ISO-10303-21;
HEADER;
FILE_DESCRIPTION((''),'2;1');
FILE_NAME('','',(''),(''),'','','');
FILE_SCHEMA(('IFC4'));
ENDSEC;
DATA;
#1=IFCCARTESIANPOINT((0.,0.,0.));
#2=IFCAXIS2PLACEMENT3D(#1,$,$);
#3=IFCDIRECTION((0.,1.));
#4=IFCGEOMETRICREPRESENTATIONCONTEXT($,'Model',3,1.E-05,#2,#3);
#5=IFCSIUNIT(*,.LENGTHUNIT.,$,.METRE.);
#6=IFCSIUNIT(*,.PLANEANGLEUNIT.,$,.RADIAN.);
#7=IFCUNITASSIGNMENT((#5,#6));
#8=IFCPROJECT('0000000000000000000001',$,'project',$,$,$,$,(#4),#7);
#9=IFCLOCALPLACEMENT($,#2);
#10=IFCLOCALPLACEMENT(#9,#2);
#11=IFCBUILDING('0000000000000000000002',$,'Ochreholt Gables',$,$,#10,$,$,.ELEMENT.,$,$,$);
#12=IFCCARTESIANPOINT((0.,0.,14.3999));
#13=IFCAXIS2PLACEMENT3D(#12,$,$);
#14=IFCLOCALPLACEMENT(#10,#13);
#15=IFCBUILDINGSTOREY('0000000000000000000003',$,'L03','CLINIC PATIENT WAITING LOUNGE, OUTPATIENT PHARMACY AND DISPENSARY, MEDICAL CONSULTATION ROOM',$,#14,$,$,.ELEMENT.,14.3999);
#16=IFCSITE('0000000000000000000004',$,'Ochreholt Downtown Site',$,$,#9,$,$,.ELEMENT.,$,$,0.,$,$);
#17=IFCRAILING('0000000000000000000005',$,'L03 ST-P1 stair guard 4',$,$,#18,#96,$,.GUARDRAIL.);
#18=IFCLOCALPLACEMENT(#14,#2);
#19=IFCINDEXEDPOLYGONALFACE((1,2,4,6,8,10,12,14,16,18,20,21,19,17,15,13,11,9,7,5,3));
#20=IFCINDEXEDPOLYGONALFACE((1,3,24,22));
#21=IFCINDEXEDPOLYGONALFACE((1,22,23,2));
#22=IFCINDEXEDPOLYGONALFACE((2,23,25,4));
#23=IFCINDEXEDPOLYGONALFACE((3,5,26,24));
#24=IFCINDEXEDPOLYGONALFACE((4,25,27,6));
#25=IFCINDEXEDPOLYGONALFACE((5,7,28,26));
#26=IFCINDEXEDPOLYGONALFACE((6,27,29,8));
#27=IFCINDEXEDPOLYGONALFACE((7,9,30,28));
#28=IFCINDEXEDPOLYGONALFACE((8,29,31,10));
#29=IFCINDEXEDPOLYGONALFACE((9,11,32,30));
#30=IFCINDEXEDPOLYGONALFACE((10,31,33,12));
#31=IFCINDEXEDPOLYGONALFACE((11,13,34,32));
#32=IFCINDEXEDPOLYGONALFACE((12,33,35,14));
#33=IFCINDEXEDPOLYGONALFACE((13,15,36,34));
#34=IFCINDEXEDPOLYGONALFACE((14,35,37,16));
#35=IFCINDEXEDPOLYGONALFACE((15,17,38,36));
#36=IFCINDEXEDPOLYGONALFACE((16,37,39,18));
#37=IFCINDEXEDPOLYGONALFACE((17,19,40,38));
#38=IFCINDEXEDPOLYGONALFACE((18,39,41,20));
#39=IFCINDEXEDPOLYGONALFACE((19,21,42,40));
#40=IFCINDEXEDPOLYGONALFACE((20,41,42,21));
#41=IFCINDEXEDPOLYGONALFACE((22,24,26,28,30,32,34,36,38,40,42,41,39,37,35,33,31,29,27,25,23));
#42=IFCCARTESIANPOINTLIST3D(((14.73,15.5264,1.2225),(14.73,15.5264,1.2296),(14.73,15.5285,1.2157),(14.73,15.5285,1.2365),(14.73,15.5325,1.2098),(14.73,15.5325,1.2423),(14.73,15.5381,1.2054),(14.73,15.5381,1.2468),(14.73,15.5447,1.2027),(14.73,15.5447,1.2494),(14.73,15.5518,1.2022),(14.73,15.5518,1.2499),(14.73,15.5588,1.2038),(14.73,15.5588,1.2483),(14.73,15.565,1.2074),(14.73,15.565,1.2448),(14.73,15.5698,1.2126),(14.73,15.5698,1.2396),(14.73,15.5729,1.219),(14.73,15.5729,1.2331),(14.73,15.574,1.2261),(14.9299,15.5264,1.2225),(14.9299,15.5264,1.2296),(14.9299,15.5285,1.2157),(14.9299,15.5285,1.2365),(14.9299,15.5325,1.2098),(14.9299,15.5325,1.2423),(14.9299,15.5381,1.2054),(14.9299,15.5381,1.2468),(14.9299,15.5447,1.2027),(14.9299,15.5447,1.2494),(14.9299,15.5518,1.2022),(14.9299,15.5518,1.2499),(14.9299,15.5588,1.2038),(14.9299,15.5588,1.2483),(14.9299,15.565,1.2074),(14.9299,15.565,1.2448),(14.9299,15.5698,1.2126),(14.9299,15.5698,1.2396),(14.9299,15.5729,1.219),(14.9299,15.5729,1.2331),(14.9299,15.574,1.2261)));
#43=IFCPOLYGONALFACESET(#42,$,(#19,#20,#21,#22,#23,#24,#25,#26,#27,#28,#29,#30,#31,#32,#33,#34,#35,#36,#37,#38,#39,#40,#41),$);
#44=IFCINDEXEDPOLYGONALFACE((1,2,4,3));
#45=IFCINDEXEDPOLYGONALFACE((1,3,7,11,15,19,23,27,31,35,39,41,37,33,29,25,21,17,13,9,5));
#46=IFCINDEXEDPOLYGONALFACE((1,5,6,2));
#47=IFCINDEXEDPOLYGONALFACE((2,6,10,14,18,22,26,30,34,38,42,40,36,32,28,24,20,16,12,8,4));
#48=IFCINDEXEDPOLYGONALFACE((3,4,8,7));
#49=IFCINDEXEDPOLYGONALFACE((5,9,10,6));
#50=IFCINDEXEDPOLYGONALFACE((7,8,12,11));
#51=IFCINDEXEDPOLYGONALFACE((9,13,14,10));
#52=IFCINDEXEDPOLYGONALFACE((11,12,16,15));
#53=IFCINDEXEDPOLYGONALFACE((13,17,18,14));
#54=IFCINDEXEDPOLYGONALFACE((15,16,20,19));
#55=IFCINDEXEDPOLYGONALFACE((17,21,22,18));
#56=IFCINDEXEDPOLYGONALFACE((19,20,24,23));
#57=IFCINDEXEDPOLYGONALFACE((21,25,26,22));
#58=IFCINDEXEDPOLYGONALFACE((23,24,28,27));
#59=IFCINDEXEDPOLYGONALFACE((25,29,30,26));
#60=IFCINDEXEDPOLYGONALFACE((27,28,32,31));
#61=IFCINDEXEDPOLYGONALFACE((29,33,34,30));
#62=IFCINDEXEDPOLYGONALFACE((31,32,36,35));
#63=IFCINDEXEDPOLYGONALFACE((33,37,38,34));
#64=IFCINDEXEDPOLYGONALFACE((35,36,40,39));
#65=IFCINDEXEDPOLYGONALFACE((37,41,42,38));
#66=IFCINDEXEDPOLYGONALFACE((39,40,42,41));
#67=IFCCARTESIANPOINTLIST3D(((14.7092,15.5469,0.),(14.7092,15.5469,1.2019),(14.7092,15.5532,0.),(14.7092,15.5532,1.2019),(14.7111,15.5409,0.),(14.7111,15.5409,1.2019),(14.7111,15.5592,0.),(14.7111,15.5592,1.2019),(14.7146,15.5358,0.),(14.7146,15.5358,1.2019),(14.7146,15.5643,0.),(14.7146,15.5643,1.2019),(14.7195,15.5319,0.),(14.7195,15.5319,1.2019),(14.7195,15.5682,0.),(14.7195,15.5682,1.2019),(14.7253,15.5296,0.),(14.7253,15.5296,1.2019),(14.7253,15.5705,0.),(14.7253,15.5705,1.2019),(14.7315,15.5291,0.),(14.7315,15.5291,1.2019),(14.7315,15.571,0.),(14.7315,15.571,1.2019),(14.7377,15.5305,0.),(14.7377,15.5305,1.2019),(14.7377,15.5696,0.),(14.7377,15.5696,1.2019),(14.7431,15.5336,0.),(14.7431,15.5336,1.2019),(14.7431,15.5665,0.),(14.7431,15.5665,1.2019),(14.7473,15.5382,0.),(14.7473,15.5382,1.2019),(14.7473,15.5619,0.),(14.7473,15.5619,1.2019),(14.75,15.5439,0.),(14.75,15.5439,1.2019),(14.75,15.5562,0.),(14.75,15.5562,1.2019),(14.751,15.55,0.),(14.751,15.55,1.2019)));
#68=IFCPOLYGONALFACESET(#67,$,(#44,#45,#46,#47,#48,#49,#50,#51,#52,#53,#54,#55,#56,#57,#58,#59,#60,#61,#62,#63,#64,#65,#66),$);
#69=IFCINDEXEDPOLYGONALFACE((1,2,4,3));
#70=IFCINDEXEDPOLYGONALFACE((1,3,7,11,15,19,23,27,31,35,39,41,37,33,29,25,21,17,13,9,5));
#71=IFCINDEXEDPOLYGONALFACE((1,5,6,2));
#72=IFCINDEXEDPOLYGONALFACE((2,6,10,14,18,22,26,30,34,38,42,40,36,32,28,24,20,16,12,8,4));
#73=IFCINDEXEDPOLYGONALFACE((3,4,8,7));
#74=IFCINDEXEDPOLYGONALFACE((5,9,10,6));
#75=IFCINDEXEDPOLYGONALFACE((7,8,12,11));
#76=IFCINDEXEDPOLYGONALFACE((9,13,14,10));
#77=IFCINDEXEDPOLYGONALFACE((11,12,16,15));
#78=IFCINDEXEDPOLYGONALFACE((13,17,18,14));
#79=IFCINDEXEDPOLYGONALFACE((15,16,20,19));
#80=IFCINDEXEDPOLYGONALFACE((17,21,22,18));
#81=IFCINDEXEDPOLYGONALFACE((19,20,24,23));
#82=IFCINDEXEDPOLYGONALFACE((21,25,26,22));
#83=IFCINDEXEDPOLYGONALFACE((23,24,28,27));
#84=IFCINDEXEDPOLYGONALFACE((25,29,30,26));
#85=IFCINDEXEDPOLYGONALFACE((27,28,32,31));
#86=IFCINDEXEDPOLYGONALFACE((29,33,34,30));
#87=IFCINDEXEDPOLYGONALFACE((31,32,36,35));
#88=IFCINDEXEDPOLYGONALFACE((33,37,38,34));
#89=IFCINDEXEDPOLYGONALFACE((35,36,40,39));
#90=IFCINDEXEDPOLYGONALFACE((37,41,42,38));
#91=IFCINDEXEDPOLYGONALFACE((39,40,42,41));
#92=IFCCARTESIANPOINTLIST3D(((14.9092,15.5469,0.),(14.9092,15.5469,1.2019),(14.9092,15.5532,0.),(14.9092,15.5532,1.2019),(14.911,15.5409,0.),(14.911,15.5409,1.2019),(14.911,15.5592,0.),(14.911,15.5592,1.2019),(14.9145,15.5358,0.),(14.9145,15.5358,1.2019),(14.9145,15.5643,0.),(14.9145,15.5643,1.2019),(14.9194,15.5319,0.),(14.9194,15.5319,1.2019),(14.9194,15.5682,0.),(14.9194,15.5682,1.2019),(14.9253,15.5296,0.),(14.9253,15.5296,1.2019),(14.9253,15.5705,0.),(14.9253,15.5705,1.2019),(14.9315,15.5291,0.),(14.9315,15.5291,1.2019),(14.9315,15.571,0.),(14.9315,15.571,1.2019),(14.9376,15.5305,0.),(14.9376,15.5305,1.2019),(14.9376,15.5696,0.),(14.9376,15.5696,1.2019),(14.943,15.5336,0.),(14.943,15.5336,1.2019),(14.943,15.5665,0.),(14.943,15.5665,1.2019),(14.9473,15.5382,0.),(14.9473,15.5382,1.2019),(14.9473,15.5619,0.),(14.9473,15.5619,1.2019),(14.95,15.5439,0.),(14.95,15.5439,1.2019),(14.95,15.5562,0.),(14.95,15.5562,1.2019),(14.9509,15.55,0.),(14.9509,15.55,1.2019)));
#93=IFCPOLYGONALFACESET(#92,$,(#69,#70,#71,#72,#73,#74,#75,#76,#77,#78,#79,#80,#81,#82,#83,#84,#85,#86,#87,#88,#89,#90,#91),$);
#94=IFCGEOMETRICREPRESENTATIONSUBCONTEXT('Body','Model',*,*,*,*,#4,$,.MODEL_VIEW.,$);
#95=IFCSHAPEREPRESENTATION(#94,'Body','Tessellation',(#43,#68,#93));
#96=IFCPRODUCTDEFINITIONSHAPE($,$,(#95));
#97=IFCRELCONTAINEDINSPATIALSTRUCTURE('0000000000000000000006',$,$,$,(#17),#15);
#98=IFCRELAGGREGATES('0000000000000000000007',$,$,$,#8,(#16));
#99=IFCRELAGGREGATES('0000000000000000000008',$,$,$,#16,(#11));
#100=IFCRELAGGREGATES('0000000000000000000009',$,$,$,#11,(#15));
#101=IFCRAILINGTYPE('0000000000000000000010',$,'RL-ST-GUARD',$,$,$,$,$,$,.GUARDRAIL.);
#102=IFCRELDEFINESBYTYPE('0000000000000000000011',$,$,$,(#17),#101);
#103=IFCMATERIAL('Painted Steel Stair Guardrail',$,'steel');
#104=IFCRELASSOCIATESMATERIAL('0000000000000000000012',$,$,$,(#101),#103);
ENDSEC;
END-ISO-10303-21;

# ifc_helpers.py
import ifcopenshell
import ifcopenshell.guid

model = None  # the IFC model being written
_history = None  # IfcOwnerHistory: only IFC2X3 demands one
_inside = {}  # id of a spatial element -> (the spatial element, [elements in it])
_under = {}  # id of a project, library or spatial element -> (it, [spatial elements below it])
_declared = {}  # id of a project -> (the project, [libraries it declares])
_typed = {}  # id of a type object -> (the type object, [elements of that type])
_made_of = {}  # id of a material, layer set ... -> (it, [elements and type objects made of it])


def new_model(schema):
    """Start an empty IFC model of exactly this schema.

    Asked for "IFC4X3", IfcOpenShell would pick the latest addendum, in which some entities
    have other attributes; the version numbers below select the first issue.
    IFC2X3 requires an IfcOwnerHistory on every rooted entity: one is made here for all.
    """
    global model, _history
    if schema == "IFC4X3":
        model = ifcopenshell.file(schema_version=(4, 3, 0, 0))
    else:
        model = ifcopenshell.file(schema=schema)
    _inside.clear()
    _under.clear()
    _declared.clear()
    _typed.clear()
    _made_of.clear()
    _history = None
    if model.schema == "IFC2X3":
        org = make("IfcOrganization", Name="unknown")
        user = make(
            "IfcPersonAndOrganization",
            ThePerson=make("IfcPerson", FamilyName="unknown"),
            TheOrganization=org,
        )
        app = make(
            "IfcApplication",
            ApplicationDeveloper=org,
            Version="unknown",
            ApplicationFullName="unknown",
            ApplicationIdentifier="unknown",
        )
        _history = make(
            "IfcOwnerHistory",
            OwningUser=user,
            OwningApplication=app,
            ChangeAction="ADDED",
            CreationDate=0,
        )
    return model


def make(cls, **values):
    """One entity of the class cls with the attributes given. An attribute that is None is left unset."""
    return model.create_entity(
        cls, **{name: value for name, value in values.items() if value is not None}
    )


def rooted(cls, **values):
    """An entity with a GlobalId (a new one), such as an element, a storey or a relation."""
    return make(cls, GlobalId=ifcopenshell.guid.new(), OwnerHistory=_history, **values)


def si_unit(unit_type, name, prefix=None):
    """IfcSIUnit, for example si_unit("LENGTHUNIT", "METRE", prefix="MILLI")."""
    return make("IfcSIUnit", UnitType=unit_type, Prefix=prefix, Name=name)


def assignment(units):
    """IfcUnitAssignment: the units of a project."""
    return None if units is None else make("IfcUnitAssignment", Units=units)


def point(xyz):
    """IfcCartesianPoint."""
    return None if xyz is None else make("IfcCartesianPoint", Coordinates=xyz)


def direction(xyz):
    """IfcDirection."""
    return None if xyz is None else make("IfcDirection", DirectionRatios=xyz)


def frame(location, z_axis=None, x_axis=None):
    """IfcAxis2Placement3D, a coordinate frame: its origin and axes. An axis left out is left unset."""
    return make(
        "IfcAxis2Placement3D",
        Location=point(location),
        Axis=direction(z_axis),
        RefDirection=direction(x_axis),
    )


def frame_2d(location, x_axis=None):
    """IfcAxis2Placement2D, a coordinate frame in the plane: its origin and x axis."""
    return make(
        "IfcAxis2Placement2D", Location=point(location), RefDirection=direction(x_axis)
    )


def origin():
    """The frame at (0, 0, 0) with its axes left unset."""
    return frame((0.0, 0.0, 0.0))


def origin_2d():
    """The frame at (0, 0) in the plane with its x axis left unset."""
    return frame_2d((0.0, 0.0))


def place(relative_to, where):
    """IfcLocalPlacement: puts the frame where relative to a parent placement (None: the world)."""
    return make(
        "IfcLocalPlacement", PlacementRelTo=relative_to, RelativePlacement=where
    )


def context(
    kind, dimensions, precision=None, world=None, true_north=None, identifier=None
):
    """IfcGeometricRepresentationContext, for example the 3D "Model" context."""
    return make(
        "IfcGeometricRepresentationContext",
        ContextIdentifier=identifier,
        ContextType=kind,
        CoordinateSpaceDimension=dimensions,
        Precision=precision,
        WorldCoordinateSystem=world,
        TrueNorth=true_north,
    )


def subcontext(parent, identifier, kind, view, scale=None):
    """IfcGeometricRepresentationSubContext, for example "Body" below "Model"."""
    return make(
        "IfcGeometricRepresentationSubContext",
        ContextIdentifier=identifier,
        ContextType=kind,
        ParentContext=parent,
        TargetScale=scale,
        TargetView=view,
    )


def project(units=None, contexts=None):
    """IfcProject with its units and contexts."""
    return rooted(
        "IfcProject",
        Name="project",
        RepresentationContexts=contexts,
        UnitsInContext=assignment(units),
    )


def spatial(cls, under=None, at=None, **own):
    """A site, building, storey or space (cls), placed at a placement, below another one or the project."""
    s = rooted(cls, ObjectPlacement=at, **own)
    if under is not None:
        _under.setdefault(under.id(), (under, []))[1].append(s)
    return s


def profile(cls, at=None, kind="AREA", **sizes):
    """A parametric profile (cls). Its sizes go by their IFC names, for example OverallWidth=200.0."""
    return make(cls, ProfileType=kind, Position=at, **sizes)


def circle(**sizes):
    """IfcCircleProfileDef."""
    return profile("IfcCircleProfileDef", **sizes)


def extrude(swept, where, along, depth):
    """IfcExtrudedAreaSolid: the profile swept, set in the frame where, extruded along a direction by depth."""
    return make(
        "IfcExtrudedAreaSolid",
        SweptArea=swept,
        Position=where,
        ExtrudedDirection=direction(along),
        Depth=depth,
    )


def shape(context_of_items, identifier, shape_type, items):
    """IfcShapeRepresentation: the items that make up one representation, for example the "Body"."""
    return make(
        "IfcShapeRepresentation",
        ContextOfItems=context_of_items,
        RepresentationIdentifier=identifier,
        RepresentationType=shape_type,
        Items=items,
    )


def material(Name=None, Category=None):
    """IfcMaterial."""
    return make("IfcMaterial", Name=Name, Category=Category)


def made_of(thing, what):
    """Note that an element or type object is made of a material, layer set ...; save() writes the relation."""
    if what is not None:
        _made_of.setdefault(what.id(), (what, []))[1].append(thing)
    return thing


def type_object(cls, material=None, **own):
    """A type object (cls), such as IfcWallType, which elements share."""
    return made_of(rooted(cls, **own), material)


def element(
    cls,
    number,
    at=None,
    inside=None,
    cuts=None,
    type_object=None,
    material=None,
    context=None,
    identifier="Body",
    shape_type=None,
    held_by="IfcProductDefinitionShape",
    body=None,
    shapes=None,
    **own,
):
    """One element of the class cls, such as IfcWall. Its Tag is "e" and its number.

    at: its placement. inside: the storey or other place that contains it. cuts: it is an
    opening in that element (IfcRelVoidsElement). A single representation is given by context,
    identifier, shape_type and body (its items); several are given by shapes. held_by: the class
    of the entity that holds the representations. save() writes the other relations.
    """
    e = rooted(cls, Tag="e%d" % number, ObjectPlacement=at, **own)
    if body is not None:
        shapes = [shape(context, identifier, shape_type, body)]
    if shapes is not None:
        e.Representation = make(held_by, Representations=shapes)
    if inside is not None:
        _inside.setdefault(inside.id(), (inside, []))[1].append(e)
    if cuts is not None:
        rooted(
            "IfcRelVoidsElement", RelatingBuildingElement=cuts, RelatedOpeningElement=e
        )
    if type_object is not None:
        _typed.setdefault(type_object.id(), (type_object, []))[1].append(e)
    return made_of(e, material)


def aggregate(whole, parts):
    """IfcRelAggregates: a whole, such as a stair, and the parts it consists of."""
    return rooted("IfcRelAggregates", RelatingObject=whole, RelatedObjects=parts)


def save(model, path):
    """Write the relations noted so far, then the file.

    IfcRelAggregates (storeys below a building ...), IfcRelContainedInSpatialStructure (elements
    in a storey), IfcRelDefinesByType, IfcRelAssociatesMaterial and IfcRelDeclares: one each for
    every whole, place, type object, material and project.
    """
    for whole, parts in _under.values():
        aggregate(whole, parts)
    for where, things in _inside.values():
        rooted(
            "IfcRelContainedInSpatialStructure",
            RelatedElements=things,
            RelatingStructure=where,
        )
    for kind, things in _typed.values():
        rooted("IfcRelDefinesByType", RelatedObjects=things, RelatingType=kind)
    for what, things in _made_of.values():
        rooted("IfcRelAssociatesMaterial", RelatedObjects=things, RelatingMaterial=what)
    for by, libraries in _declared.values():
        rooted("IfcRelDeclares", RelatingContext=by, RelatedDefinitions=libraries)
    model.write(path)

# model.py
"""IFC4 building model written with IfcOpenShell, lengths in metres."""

from ifc_helpers import new_model, si_unit, direction, frame, origin, origin_2d, place, context, subcontext, project, spatial, circle, extrude, material, type_object, element, save


model = new_model("IFC4")

# Units and contexts
model_context = context("Model", 3, precision=1e-05, world=origin(), true_north=direction((0.0, 1.0)))
body_context = subcontext(model_context, "Body", "Model", "MODEL_VIEW")
ifc_project = project(units=[si_unit("LENGTHUNIT", "METRE"), si_unit("PLANEANGLEUNIT", "RADIAN")], contexts=[model_context])

# Site, building, storey
site_placement = place(None, origin())
site = spatial("IfcSite", under=ifc_project, at=site_placement, Name="Ochreholt Downtown Site", CompositionType="ELEMENT", RefElevation=0.0)
building_placement = place(site_placement, origin())
building = spatial("IfcBuilding", under=site, at=building_placement, Name="Ochreholt Gables", CompositionType="ELEMENT")
storey_placement = place(building_placement, frame((0.0, 0.0, 14.3999)))
storey = spatial("IfcBuildingStorey", under=building, at=storey_placement, Name="L03", Description="CLINIC PATIENT WAITING LOUNGE, OUTPATIENT PHARMACY AND DISPENSARY, MEDICAL CONSULTATION ROOM", CompositionType="ELEMENT", Elevation=14.3999)

# Railing
ifc_material_1 = material(Name="Painted Steel Stair Guardrail", Category="steel")
railing_type_1 = type_object("IfcRailingType", Name="RL-ST-GUARD", PredefinedType="GUARDRAIL", material=ifc_material_1)
railing_1_placement = place(storey_placement, frame((14.73, 15.55, 0.0)))
element("IfcRailing", 1, at=railing_1_placement, inside=storey, type_object=railing_type_1, Name="L03 ST-P1 stair guard 4", PredefinedType="GUARDRAIL", context=body_context, shape_type="SweptSolid", body=[
    extrude(circle(Radius=0.0239, at=origin_2d()), frame((0.0, 0.0, 1.2261), z_axis=(1.0, 0.0, 0.0), x_axis=(0.0, 1.0, 0.0)), (0.0, 0.0, 1.0), 0.2),
    extrude(circle(Radius=0.021, at=origin_2d()), origin(), (0.0, 0.0, 1.0), 1.2019),
    extrude(circle(Radius=0.021, at=origin_2d()), frame((0.2, 0.0, 0.0)), (0.0, 0.0, 1.0), 1.2019),
])

save(model, "model.ifc")
